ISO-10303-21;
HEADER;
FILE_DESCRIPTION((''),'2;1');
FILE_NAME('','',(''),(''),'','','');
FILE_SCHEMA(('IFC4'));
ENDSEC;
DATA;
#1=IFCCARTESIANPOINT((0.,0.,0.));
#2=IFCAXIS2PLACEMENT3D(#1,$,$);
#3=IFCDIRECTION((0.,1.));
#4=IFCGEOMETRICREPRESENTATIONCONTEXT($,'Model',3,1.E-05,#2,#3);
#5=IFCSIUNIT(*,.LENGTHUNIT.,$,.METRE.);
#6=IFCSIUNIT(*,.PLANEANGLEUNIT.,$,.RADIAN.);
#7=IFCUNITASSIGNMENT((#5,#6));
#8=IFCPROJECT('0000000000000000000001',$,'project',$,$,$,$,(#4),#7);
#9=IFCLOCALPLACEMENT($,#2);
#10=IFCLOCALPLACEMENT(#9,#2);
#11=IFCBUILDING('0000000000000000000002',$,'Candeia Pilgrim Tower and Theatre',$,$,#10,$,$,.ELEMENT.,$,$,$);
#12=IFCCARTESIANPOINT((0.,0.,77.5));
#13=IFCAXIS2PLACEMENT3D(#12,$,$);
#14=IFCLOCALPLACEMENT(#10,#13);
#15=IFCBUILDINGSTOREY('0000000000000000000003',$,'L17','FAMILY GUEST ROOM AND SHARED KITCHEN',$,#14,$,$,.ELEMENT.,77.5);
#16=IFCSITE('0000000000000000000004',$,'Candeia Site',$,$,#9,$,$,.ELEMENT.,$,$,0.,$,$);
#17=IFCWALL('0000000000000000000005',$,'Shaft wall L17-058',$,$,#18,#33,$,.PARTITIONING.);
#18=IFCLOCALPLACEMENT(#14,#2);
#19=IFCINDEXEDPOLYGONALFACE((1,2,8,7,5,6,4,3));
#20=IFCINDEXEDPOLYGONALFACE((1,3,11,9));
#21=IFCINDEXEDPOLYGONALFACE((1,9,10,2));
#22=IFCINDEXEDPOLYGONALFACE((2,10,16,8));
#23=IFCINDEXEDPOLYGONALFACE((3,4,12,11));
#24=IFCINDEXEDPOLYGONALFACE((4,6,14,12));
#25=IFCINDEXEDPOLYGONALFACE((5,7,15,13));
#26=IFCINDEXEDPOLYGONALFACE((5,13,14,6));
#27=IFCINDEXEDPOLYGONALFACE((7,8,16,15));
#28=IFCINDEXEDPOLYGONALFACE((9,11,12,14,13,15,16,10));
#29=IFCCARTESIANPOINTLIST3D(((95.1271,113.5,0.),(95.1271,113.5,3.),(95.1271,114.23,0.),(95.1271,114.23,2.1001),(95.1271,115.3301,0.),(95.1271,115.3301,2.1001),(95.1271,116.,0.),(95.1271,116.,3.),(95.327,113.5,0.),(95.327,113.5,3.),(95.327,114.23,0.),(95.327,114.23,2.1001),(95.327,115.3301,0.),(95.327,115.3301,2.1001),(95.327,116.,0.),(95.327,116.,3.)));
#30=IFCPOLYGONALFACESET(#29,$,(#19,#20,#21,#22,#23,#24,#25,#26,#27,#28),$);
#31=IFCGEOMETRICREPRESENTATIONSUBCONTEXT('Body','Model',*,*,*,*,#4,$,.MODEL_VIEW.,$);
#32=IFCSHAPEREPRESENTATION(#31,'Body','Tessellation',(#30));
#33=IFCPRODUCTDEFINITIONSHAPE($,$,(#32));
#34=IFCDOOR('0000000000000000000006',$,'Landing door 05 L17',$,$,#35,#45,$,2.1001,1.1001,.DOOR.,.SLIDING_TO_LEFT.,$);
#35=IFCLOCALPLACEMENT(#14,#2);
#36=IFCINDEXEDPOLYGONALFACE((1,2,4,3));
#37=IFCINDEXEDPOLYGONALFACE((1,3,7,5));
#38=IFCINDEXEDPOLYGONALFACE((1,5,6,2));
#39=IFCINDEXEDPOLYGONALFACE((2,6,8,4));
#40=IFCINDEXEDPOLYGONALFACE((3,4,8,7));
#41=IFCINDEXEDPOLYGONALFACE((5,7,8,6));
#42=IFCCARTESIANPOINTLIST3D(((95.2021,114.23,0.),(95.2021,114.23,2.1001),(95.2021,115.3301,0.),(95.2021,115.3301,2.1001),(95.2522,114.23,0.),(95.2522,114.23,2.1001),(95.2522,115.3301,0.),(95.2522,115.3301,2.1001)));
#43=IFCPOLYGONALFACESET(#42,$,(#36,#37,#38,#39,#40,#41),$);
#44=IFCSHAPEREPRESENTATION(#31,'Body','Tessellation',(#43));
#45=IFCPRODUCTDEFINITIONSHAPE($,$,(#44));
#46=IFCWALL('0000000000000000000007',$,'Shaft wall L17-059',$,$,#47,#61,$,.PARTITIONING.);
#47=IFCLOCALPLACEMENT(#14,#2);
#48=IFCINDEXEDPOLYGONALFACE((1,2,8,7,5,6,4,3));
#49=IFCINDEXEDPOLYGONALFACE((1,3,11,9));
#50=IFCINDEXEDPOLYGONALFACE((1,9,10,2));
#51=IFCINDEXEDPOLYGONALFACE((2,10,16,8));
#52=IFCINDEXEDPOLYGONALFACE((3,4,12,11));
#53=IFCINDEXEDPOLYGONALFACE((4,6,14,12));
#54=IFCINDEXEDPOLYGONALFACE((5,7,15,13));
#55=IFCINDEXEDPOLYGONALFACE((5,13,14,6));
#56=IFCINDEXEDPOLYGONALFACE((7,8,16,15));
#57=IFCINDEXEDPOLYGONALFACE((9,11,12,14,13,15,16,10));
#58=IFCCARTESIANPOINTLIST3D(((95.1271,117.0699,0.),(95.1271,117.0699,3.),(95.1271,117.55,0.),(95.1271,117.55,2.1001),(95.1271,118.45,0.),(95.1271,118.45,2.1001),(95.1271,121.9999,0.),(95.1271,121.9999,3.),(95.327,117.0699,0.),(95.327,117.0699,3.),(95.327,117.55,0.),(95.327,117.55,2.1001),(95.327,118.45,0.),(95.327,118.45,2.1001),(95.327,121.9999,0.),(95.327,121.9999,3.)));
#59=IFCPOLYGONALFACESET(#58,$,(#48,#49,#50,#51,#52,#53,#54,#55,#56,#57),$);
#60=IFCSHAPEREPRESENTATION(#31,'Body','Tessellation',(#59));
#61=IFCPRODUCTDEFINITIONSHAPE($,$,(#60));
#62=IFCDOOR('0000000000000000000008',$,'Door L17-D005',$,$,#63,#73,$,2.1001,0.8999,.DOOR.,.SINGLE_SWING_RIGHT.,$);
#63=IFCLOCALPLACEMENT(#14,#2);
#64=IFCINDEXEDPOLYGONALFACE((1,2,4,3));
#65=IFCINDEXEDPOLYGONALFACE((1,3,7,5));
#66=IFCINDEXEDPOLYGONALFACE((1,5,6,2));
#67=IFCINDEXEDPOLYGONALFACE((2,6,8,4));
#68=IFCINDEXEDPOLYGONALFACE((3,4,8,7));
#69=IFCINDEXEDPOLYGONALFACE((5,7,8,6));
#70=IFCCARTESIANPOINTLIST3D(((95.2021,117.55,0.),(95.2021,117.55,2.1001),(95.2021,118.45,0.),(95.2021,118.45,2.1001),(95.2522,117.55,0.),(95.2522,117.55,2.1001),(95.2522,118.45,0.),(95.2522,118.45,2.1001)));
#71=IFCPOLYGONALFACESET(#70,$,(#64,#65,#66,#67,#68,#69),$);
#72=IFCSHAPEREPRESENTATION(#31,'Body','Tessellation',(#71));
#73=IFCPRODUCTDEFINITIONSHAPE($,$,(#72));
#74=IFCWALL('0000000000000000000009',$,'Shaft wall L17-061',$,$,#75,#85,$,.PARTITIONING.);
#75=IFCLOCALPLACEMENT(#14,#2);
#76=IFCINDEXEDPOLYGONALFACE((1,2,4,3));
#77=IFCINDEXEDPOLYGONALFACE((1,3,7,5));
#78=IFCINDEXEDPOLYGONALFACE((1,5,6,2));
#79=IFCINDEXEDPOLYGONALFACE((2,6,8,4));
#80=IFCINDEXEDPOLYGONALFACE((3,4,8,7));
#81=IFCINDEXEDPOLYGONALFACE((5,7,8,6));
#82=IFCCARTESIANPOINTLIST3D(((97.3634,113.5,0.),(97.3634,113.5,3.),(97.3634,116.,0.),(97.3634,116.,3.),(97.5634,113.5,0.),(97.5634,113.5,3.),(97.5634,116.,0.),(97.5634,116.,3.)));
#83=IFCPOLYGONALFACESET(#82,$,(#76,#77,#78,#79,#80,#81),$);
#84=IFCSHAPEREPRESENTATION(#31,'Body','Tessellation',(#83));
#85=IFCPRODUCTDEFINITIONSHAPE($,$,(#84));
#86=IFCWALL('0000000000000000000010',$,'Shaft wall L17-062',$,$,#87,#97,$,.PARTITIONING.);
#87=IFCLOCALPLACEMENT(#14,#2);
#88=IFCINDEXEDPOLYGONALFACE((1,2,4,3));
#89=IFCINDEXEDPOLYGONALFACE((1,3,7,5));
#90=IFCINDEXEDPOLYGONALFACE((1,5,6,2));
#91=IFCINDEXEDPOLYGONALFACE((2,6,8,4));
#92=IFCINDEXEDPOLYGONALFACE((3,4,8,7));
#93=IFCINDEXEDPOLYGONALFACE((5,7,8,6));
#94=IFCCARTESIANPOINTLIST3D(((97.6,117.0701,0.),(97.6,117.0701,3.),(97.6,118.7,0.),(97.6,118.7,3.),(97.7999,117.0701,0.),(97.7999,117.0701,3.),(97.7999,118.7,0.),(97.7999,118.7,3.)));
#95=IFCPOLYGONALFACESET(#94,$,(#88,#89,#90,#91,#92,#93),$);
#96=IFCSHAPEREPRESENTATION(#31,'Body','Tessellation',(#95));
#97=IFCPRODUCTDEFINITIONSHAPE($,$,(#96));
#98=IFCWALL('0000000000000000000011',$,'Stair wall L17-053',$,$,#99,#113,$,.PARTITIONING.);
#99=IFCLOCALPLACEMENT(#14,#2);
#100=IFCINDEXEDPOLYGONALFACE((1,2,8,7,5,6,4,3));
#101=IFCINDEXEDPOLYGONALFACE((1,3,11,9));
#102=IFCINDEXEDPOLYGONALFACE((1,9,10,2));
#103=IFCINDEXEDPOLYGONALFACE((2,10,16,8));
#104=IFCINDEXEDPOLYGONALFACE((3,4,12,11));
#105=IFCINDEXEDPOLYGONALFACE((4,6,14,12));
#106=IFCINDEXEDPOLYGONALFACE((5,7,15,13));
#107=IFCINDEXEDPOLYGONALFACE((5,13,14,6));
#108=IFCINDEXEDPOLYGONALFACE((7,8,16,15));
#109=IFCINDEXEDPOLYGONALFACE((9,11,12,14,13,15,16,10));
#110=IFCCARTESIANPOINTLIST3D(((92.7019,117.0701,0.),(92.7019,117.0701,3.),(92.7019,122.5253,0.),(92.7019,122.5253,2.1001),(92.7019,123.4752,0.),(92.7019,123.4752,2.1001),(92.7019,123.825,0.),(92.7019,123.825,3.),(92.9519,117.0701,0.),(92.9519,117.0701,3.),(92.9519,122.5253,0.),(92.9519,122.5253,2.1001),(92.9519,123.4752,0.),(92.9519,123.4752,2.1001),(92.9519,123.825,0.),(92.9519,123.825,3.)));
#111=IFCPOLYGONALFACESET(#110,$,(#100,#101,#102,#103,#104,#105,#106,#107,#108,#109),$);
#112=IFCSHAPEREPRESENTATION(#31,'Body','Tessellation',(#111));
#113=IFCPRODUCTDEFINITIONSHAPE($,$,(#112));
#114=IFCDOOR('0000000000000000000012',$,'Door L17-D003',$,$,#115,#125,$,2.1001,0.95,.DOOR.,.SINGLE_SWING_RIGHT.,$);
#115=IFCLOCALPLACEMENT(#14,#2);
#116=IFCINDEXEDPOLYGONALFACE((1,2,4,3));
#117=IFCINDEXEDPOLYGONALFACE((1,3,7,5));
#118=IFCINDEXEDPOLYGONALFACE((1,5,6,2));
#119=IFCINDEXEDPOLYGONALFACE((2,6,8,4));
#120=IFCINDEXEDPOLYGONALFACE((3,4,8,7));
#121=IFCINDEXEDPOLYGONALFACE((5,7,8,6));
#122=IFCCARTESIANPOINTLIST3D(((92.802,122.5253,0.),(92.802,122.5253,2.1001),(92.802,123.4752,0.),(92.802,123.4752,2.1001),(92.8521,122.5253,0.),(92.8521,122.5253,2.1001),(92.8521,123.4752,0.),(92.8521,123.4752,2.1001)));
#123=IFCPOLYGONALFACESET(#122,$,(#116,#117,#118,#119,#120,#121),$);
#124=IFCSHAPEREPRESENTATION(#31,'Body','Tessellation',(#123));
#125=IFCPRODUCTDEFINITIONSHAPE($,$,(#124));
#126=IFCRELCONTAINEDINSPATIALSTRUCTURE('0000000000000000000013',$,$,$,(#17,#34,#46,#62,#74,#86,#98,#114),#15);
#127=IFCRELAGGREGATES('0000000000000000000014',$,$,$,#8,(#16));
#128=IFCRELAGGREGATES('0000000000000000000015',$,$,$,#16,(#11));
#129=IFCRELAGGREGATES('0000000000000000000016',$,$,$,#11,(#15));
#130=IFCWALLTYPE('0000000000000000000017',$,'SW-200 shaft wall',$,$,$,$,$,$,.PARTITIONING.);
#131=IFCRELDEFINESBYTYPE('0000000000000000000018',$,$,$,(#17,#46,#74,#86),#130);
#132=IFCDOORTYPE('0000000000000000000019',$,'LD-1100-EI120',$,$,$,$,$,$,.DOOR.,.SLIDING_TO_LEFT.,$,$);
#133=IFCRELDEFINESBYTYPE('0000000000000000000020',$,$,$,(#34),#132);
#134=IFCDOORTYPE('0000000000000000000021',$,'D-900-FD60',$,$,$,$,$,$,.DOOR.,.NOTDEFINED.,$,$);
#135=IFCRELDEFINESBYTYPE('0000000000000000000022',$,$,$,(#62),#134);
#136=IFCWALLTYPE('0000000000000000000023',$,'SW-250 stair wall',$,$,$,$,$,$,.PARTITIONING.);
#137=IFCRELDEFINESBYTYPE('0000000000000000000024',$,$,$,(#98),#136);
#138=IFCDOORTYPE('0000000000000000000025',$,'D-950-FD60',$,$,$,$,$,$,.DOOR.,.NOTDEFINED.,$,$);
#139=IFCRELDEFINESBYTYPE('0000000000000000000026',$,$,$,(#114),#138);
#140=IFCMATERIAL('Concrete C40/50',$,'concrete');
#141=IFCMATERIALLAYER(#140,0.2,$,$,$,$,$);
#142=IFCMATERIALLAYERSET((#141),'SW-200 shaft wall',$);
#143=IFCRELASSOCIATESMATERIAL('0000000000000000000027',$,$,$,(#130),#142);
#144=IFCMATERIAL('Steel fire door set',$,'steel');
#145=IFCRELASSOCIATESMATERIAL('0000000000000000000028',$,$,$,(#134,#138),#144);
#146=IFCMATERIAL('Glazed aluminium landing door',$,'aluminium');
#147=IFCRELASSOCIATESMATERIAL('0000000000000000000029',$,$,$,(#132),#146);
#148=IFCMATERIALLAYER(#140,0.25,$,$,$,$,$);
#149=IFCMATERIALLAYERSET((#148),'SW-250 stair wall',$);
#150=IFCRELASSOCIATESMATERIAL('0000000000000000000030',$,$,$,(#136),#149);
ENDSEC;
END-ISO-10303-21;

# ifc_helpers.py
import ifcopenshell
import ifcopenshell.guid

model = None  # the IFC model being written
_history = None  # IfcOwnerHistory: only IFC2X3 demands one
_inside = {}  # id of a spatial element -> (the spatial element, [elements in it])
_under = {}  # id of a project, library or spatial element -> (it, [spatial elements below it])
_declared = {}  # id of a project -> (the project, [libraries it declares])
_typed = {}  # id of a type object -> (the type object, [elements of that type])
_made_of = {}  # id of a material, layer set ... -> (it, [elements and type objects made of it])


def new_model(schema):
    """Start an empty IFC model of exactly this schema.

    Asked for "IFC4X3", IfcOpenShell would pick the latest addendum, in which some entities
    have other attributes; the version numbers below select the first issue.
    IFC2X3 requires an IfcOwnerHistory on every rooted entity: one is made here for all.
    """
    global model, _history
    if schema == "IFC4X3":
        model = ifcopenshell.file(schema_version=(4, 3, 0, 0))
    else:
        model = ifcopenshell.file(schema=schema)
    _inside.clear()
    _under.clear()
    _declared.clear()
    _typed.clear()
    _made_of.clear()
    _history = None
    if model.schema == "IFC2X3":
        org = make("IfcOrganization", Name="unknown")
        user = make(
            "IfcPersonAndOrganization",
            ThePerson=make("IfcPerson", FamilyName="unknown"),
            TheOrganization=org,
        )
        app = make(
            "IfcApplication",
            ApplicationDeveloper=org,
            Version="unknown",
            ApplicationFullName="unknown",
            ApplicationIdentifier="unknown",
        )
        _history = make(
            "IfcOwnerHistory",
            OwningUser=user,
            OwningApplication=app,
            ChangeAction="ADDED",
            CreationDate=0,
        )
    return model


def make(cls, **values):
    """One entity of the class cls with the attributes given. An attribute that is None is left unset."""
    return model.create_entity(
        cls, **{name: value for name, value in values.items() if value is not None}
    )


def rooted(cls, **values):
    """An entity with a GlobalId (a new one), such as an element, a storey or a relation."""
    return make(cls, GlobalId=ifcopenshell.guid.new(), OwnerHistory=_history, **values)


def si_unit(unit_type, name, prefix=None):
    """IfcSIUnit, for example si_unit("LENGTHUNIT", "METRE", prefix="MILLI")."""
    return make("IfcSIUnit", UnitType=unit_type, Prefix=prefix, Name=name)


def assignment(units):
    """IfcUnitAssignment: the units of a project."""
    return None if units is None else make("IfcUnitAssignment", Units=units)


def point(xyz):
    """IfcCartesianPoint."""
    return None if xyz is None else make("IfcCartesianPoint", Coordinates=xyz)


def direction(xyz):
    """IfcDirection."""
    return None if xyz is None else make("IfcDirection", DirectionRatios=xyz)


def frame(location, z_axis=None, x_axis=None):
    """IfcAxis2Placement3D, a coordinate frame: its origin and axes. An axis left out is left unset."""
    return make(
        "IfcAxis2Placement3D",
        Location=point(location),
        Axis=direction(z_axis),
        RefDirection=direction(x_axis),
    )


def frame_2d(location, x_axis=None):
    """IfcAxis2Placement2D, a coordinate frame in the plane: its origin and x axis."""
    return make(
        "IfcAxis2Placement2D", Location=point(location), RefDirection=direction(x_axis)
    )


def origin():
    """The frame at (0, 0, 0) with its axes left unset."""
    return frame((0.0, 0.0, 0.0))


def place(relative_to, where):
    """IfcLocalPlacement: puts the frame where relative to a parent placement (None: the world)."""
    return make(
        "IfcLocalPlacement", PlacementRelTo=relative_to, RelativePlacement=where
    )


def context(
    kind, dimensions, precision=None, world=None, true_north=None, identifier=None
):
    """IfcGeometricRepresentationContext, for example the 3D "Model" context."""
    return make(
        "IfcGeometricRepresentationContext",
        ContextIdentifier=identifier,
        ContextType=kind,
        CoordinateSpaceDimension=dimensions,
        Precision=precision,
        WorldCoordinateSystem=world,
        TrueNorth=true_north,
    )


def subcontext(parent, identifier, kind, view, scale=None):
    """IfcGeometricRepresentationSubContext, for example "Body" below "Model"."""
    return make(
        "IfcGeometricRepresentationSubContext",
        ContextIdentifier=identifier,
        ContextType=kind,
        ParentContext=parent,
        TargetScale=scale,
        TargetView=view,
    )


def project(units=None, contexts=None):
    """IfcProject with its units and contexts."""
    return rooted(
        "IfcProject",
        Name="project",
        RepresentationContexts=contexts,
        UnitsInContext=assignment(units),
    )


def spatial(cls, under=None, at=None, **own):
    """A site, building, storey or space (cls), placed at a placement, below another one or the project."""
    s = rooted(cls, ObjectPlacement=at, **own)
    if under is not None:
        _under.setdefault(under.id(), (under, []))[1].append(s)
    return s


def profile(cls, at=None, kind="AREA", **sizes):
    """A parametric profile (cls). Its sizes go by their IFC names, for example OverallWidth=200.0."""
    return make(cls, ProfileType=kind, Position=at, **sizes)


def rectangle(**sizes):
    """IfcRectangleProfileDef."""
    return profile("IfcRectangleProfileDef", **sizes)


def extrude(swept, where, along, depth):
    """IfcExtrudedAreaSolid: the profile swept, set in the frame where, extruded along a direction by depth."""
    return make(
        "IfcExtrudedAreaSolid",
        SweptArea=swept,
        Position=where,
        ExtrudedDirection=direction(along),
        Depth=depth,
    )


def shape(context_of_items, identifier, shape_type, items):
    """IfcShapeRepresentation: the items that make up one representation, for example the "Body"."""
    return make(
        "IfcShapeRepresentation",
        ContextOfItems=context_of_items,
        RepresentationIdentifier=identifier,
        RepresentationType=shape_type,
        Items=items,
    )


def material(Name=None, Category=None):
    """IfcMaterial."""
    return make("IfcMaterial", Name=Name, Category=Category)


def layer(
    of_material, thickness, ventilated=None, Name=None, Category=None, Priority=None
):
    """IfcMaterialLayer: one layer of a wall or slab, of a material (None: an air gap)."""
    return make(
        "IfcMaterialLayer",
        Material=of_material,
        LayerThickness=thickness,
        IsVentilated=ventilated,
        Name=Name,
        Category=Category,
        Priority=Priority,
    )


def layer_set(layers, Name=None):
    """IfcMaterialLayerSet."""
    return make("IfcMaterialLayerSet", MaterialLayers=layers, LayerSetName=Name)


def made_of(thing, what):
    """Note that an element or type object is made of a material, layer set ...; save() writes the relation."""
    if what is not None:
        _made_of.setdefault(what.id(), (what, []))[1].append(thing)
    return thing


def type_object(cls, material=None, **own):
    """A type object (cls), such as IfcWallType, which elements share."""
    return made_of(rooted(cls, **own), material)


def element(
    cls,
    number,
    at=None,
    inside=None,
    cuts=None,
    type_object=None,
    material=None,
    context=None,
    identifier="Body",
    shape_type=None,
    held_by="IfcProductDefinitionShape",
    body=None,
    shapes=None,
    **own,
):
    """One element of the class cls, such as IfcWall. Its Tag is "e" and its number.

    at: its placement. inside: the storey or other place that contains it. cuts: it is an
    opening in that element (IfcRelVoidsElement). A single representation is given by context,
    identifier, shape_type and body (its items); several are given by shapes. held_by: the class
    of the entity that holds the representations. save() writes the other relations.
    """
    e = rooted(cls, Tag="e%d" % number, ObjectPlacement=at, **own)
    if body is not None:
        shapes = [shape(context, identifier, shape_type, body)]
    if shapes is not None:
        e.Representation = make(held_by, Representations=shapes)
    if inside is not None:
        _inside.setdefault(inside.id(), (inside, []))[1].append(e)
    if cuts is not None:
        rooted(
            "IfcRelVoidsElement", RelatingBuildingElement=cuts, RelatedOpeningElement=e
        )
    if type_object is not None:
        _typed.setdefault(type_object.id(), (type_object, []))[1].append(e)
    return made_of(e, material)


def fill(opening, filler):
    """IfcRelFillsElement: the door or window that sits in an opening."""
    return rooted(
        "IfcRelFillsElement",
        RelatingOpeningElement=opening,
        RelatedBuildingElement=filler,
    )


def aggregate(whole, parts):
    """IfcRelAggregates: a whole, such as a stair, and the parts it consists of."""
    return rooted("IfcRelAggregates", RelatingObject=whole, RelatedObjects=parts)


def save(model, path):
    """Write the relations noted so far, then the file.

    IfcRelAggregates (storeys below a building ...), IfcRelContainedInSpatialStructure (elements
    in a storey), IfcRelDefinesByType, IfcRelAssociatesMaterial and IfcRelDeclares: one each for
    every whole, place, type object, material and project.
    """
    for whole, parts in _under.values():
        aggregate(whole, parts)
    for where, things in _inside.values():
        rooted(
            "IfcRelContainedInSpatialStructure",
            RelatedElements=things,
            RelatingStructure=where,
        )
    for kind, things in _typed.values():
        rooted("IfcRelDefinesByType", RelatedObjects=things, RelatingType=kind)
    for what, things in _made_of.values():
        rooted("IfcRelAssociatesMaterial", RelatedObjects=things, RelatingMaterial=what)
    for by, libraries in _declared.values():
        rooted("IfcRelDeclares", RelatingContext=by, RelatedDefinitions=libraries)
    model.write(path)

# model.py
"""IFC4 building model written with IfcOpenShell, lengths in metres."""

from ifc_helpers import new_model, si_unit, direction, frame, frame_2d, origin, place, context, subcontext, project, spatial, rectangle, extrude, material, layer, layer_set, type_object, element, fill, save


model = new_model("IFC4")

# Units and contexts
model_context = context("Model", 3, precision=1e-05, world=origin(), true_north=direction((0.0, 1.0)))
body_context = subcontext(model_context, "Body", "Model", "MODEL_VIEW")
ifc_project = project(units=[si_unit("LENGTHUNIT", "METRE"), si_unit("PLANEANGLEUNIT", "RADIAN")], contexts=[model_context])

# Site, building, storey
site_placement = place(None, origin())
site = spatial("IfcSite", under=ifc_project, at=site_placement, Name="Candeia Site", CompositionType="ELEMENT", RefElevation=0.0)
building_placement = place(site_placement, origin())
building = spatial("IfcBuilding", under=site, at=building_placement, Name="Candeia Pilgrim Tower and Theatre", CompositionType="ELEMENT")
storey_placement = place(building_placement, frame((0.0, 0.0, 77.5)))
storey = spatial("IfcBuildingStorey", under=building, at=storey_placement, Name="L17", Description="FAMILY GUEST ROOM AND SHARED KITCHEN", CompositionType="ELEMENT", Elevation=77.5)

# Shared definitions
ifc_material_1 = material(Name="Steel fire door set", Category="steel")

# Walls, openings, doors
ifc_material_2 = material(Name="Concrete C40/50", Category="concrete")
ifc_layer_1 = layer(ifc_material_2, 0.2)
ifc_layer_set_1 = layer_set([ifc_layer_1], Name="SW-200 shaft wall")
wall_type_1 = type_object("IfcWallType", Name="SW-200 shaft wall", PredefinedType="PARTITIONING", material=ifc_layer_set_1)
door_type_1 = type_object("IfcDoorType", Name="D-900-FD60", OperationType="NOTDEFINED", PredefinedType="DOOR", material=ifc_material_1)
wall_1_placement = place(storey_placement, frame((95.2271, 113.5, 0.0), z_axis=(0.0, 0.0, 1.0), x_axis=(0.0, 1.0, 0.0)))
wall_1 = element("IfcWall", 1, at=wall_1_placement, inside=storey, type_object=wall_type_1, Name="Shaft wall L17-058", PredefinedType="PARTITIONING", context=body_context, shape_type="SweptSolid", body=[
    extrude(rectangle(XDim=2.5, YDim=0.2, at=frame_2d((1.25, 0.0))), origin(), (0.0, 0.0, 1.0), 3.0),
])
opening_1_placement = place(wall_1_placement, frame((0.73, 0.0, 0.0)))
opening_1 = element("IfcOpeningElement", 2, at=opening_1_placement, cuts=wall_1, PredefinedType="OPENING", context=body_context, shape_type="SweptSolid", body=[
    extrude(rectangle(XDim=1.1001, YDim=2.1001, at=frame_2d((0.55, 1.05))), frame((0.0, 0.1099, 0.0), z_axis=(0.0, -1.0, 0.0), x_axis=(1.0, 0.0, 0.0)), (0.0, 0.0, 1.0), 0.22),
])
ifc_material_3 = material(Name="Glazed aluminium landing door", Category="aluminium")
door_type_2 = type_object("IfcDoorType", Name="LD-1100-EI120", OperationType="SLIDING_TO_LEFT", PredefinedType="DOOR", material=ifc_material_3)
door_1_placement = place(opening_1_placement, origin())
door_1 = element("IfcDoor", 3, at=door_1_placement, inside=storey, type_object=door_type_2, Name="Landing door 05 L17", OperationType="SLIDING_TO_LEFT", OverallHeight=2.1001, OverallWidth=1.1001, PredefinedType="DOOR", context=body_context, shape_type="SweptSolid", body=[
    extrude(rectangle(XDim=1.1001, YDim=2.1001, at=frame_2d((0.55, 1.05))), frame((0.0, 0.0249, 0.0), z_axis=(0.0, -1.0, 0.0), x_axis=(1.0, 0.0, 0.0)), (0.0, 0.0, 1.0), 0.05),
])
fill(opening_1, door_1)
wall_2_placement = place(storey_placement, frame((95.2271, 117.0701, 0.0), z_axis=(0.0, 0.0, 1.0), x_axis=(0.0, 1.0, 0.0)))
wall_2 = element("IfcWall", 4, at=wall_2_placement, inside=storey, type_object=wall_type_1, Name="Shaft wall L17-059", PredefinedType="PARTITIONING", context=body_context, shape_type="SweptSolid", body=[
    extrude(rectangle(XDim=4.9299, YDim=0.2, at=frame_2d((2.4648, 0.0))), origin(), (0.0, 0.0, 1.0), 3.0),
])
opening_2_placement = place(wall_2_placement, frame((0.48, 0.0, 0.0)))
opening_2 = element("IfcOpeningElement", 5, at=opening_2_placement, cuts=wall_2, PredefinedType="OPENING", context=body_context, shape_type="SweptSolid", body=[
    extrude(rectangle(XDim=0.8999, YDim=2.1001, at=frame_2d((0.45, 1.05))), frame((0.0, 0.1099, 0.0), z_axis=(0.0, -1.0, 0.0), x_axis=(1.0, 0.0, 0.0)), (0.0, 0.0, 1.0), 0.22),
])
door_2_placement = place(opening_2_placement, origin())
door_2 = element("IfcDoor", 6, at=door_2_placement, inside=storey, type_object=door_type_1, Name="Door L17-D005", OperationType="SINGLE_SWING_RIGHT", OverallHeight=2.1001, OverallWidth=0.8999, PredefinedType="DOOR", context=body_context, shape_type="SweptSolid", body=[
    extrude(rectangle(XDim=0.8999, YDim=2.1001, at=frame_2d((0.45, 1.05))), frame((0.0, 0.0249, 0.0), z_axis=(0.0, -1.0, 0.0), x_axis=(1.0, 0.0, 0.0)), (0.0, 0.0, 1.0), 0.05),
])
fill(opening_2, door_2)

# Walls
wall_3_placement = place(storey_placement, frame((97.4634, 113.5, 0.0), z_axis=(0.0, 0.0, 1.0), x_axis=(0.0, 1.0, 0.0)))
element("IfcWall", 7, at=wall_3_placement, inside=storey, type_object=wall_type_1, Name="Shaft wall L17-061", PredefinedType="PARTITIONING", context=body_context, shape_type="SweptSolid", body=[
    extrude(rectangle(XDim=2.5, YDim=0.2, at=frame_2d((1.25, 0.0))), origin(), (0.0, 0.0, 1.0), 3.0),
])
wall_4_placement = place(storey_placement, frame((97.7, 117.0701, 0.0), z_axis=(0.0, 0.0, 1.0), x_axis=(0.0, 1.0, 0.0)))
element("IfcWall", 8, at=wall_4_placement, inside=storey, type_object=wall_type_1, Name="Shaft wall L17-062", PredefinedType="PARTITIONING", context=body_context, shape_type="SweptSolid", body=[
    extrude(rectangle(XDim=1.6299, YDim=0.2, at=frame_2d((0.8149, 0.0))), origin(), (0.0, 0.0, 1.0), 3.0),
])

# Wall, opening, door
ifc_layer_2 = layer(ifc_material_2, 0.25)
ifc_layer_set_2 = layer_set([ifc_layer_2], Name="SW-250 stair wall")
wall_type_2 = type_object("IfcWallType", Name="SW-250 stair wall", PredefinedType="PARTITIONING", material=ifc_layer_set_2)
wall_5_placement = place(storey_placement, frame((92.8269, 117.0701, 0.0), z_axis=(0.0, 0.0, 1.0), x_axis=(0.0, 1.0, 0.0)))
wall_5 = element("IfcWall", 9, at=wall_5_placement, inside=storey, type_object=wall_type_2, Name="Stair wall L17-053", PredefinedType="PARTITIONING", context=body_context, shape_type="SweptSolid", body=[
    extrude(rectangle(XDim=6.7549, YDim=0.25, at=frame_2d((3.3774, 0.0))), origin(), (0.0, 0.0, 1.0), 3.0),
])
opening_3_placement = place(wall_5_placement, frame((5.4551, 0.0, 0.0)))
opening_3 = element("IfcOpeningElement", 10, at=opening_3_placement, cuts=wall_5, PredefinedType="OPENING", context=body_context, shape_type="SweptSolid", body=[
    extrude(rectangle(XDim=0.95, YDim=2.1001, at=frame_2d((0.4751, 1.05))), frame((0.0, 0.135, 0.0), z_axis=(0.0, -1.0, 0.0), x_axis=(1.0, 0.0, 0.0)), (0.0, 0.0, 1.0), 0.27),
])
door_type_3 = type_object("IfcDoorType", Name="D-950-FD60", OperationType="NOTDEFINED", PredefinedType="DOOR", material=ifc_material_1)
door_3_placement = place(opening_3_placement, origin())
door_3 = element("IfcDoor", 11, at=door_3_placement, inside=storey, type_object=door_type_3, Name="Door L17-D003", OperationType="SINGLE_SWING_RIGHT", OverallHeight=2.1001, OverallWidth=0.95, PredefinedType="DOOR", context=body_context, shape_type="SweptSolid", body=[
    extrude(rectangle(XDim=0.95, YDim=2.1001, at=frame_2d((0.4751, 1.05))), frame((0.0, 0.0249, 0.0), z_axis=(0.0, -1.0, 0.0), x_axis=(1.0, 0.0, 0.0)), (0.0, 0.0, 1.0), 0.05),
])
fill(opening_3, door_3)

save(model, "model.ifc")
